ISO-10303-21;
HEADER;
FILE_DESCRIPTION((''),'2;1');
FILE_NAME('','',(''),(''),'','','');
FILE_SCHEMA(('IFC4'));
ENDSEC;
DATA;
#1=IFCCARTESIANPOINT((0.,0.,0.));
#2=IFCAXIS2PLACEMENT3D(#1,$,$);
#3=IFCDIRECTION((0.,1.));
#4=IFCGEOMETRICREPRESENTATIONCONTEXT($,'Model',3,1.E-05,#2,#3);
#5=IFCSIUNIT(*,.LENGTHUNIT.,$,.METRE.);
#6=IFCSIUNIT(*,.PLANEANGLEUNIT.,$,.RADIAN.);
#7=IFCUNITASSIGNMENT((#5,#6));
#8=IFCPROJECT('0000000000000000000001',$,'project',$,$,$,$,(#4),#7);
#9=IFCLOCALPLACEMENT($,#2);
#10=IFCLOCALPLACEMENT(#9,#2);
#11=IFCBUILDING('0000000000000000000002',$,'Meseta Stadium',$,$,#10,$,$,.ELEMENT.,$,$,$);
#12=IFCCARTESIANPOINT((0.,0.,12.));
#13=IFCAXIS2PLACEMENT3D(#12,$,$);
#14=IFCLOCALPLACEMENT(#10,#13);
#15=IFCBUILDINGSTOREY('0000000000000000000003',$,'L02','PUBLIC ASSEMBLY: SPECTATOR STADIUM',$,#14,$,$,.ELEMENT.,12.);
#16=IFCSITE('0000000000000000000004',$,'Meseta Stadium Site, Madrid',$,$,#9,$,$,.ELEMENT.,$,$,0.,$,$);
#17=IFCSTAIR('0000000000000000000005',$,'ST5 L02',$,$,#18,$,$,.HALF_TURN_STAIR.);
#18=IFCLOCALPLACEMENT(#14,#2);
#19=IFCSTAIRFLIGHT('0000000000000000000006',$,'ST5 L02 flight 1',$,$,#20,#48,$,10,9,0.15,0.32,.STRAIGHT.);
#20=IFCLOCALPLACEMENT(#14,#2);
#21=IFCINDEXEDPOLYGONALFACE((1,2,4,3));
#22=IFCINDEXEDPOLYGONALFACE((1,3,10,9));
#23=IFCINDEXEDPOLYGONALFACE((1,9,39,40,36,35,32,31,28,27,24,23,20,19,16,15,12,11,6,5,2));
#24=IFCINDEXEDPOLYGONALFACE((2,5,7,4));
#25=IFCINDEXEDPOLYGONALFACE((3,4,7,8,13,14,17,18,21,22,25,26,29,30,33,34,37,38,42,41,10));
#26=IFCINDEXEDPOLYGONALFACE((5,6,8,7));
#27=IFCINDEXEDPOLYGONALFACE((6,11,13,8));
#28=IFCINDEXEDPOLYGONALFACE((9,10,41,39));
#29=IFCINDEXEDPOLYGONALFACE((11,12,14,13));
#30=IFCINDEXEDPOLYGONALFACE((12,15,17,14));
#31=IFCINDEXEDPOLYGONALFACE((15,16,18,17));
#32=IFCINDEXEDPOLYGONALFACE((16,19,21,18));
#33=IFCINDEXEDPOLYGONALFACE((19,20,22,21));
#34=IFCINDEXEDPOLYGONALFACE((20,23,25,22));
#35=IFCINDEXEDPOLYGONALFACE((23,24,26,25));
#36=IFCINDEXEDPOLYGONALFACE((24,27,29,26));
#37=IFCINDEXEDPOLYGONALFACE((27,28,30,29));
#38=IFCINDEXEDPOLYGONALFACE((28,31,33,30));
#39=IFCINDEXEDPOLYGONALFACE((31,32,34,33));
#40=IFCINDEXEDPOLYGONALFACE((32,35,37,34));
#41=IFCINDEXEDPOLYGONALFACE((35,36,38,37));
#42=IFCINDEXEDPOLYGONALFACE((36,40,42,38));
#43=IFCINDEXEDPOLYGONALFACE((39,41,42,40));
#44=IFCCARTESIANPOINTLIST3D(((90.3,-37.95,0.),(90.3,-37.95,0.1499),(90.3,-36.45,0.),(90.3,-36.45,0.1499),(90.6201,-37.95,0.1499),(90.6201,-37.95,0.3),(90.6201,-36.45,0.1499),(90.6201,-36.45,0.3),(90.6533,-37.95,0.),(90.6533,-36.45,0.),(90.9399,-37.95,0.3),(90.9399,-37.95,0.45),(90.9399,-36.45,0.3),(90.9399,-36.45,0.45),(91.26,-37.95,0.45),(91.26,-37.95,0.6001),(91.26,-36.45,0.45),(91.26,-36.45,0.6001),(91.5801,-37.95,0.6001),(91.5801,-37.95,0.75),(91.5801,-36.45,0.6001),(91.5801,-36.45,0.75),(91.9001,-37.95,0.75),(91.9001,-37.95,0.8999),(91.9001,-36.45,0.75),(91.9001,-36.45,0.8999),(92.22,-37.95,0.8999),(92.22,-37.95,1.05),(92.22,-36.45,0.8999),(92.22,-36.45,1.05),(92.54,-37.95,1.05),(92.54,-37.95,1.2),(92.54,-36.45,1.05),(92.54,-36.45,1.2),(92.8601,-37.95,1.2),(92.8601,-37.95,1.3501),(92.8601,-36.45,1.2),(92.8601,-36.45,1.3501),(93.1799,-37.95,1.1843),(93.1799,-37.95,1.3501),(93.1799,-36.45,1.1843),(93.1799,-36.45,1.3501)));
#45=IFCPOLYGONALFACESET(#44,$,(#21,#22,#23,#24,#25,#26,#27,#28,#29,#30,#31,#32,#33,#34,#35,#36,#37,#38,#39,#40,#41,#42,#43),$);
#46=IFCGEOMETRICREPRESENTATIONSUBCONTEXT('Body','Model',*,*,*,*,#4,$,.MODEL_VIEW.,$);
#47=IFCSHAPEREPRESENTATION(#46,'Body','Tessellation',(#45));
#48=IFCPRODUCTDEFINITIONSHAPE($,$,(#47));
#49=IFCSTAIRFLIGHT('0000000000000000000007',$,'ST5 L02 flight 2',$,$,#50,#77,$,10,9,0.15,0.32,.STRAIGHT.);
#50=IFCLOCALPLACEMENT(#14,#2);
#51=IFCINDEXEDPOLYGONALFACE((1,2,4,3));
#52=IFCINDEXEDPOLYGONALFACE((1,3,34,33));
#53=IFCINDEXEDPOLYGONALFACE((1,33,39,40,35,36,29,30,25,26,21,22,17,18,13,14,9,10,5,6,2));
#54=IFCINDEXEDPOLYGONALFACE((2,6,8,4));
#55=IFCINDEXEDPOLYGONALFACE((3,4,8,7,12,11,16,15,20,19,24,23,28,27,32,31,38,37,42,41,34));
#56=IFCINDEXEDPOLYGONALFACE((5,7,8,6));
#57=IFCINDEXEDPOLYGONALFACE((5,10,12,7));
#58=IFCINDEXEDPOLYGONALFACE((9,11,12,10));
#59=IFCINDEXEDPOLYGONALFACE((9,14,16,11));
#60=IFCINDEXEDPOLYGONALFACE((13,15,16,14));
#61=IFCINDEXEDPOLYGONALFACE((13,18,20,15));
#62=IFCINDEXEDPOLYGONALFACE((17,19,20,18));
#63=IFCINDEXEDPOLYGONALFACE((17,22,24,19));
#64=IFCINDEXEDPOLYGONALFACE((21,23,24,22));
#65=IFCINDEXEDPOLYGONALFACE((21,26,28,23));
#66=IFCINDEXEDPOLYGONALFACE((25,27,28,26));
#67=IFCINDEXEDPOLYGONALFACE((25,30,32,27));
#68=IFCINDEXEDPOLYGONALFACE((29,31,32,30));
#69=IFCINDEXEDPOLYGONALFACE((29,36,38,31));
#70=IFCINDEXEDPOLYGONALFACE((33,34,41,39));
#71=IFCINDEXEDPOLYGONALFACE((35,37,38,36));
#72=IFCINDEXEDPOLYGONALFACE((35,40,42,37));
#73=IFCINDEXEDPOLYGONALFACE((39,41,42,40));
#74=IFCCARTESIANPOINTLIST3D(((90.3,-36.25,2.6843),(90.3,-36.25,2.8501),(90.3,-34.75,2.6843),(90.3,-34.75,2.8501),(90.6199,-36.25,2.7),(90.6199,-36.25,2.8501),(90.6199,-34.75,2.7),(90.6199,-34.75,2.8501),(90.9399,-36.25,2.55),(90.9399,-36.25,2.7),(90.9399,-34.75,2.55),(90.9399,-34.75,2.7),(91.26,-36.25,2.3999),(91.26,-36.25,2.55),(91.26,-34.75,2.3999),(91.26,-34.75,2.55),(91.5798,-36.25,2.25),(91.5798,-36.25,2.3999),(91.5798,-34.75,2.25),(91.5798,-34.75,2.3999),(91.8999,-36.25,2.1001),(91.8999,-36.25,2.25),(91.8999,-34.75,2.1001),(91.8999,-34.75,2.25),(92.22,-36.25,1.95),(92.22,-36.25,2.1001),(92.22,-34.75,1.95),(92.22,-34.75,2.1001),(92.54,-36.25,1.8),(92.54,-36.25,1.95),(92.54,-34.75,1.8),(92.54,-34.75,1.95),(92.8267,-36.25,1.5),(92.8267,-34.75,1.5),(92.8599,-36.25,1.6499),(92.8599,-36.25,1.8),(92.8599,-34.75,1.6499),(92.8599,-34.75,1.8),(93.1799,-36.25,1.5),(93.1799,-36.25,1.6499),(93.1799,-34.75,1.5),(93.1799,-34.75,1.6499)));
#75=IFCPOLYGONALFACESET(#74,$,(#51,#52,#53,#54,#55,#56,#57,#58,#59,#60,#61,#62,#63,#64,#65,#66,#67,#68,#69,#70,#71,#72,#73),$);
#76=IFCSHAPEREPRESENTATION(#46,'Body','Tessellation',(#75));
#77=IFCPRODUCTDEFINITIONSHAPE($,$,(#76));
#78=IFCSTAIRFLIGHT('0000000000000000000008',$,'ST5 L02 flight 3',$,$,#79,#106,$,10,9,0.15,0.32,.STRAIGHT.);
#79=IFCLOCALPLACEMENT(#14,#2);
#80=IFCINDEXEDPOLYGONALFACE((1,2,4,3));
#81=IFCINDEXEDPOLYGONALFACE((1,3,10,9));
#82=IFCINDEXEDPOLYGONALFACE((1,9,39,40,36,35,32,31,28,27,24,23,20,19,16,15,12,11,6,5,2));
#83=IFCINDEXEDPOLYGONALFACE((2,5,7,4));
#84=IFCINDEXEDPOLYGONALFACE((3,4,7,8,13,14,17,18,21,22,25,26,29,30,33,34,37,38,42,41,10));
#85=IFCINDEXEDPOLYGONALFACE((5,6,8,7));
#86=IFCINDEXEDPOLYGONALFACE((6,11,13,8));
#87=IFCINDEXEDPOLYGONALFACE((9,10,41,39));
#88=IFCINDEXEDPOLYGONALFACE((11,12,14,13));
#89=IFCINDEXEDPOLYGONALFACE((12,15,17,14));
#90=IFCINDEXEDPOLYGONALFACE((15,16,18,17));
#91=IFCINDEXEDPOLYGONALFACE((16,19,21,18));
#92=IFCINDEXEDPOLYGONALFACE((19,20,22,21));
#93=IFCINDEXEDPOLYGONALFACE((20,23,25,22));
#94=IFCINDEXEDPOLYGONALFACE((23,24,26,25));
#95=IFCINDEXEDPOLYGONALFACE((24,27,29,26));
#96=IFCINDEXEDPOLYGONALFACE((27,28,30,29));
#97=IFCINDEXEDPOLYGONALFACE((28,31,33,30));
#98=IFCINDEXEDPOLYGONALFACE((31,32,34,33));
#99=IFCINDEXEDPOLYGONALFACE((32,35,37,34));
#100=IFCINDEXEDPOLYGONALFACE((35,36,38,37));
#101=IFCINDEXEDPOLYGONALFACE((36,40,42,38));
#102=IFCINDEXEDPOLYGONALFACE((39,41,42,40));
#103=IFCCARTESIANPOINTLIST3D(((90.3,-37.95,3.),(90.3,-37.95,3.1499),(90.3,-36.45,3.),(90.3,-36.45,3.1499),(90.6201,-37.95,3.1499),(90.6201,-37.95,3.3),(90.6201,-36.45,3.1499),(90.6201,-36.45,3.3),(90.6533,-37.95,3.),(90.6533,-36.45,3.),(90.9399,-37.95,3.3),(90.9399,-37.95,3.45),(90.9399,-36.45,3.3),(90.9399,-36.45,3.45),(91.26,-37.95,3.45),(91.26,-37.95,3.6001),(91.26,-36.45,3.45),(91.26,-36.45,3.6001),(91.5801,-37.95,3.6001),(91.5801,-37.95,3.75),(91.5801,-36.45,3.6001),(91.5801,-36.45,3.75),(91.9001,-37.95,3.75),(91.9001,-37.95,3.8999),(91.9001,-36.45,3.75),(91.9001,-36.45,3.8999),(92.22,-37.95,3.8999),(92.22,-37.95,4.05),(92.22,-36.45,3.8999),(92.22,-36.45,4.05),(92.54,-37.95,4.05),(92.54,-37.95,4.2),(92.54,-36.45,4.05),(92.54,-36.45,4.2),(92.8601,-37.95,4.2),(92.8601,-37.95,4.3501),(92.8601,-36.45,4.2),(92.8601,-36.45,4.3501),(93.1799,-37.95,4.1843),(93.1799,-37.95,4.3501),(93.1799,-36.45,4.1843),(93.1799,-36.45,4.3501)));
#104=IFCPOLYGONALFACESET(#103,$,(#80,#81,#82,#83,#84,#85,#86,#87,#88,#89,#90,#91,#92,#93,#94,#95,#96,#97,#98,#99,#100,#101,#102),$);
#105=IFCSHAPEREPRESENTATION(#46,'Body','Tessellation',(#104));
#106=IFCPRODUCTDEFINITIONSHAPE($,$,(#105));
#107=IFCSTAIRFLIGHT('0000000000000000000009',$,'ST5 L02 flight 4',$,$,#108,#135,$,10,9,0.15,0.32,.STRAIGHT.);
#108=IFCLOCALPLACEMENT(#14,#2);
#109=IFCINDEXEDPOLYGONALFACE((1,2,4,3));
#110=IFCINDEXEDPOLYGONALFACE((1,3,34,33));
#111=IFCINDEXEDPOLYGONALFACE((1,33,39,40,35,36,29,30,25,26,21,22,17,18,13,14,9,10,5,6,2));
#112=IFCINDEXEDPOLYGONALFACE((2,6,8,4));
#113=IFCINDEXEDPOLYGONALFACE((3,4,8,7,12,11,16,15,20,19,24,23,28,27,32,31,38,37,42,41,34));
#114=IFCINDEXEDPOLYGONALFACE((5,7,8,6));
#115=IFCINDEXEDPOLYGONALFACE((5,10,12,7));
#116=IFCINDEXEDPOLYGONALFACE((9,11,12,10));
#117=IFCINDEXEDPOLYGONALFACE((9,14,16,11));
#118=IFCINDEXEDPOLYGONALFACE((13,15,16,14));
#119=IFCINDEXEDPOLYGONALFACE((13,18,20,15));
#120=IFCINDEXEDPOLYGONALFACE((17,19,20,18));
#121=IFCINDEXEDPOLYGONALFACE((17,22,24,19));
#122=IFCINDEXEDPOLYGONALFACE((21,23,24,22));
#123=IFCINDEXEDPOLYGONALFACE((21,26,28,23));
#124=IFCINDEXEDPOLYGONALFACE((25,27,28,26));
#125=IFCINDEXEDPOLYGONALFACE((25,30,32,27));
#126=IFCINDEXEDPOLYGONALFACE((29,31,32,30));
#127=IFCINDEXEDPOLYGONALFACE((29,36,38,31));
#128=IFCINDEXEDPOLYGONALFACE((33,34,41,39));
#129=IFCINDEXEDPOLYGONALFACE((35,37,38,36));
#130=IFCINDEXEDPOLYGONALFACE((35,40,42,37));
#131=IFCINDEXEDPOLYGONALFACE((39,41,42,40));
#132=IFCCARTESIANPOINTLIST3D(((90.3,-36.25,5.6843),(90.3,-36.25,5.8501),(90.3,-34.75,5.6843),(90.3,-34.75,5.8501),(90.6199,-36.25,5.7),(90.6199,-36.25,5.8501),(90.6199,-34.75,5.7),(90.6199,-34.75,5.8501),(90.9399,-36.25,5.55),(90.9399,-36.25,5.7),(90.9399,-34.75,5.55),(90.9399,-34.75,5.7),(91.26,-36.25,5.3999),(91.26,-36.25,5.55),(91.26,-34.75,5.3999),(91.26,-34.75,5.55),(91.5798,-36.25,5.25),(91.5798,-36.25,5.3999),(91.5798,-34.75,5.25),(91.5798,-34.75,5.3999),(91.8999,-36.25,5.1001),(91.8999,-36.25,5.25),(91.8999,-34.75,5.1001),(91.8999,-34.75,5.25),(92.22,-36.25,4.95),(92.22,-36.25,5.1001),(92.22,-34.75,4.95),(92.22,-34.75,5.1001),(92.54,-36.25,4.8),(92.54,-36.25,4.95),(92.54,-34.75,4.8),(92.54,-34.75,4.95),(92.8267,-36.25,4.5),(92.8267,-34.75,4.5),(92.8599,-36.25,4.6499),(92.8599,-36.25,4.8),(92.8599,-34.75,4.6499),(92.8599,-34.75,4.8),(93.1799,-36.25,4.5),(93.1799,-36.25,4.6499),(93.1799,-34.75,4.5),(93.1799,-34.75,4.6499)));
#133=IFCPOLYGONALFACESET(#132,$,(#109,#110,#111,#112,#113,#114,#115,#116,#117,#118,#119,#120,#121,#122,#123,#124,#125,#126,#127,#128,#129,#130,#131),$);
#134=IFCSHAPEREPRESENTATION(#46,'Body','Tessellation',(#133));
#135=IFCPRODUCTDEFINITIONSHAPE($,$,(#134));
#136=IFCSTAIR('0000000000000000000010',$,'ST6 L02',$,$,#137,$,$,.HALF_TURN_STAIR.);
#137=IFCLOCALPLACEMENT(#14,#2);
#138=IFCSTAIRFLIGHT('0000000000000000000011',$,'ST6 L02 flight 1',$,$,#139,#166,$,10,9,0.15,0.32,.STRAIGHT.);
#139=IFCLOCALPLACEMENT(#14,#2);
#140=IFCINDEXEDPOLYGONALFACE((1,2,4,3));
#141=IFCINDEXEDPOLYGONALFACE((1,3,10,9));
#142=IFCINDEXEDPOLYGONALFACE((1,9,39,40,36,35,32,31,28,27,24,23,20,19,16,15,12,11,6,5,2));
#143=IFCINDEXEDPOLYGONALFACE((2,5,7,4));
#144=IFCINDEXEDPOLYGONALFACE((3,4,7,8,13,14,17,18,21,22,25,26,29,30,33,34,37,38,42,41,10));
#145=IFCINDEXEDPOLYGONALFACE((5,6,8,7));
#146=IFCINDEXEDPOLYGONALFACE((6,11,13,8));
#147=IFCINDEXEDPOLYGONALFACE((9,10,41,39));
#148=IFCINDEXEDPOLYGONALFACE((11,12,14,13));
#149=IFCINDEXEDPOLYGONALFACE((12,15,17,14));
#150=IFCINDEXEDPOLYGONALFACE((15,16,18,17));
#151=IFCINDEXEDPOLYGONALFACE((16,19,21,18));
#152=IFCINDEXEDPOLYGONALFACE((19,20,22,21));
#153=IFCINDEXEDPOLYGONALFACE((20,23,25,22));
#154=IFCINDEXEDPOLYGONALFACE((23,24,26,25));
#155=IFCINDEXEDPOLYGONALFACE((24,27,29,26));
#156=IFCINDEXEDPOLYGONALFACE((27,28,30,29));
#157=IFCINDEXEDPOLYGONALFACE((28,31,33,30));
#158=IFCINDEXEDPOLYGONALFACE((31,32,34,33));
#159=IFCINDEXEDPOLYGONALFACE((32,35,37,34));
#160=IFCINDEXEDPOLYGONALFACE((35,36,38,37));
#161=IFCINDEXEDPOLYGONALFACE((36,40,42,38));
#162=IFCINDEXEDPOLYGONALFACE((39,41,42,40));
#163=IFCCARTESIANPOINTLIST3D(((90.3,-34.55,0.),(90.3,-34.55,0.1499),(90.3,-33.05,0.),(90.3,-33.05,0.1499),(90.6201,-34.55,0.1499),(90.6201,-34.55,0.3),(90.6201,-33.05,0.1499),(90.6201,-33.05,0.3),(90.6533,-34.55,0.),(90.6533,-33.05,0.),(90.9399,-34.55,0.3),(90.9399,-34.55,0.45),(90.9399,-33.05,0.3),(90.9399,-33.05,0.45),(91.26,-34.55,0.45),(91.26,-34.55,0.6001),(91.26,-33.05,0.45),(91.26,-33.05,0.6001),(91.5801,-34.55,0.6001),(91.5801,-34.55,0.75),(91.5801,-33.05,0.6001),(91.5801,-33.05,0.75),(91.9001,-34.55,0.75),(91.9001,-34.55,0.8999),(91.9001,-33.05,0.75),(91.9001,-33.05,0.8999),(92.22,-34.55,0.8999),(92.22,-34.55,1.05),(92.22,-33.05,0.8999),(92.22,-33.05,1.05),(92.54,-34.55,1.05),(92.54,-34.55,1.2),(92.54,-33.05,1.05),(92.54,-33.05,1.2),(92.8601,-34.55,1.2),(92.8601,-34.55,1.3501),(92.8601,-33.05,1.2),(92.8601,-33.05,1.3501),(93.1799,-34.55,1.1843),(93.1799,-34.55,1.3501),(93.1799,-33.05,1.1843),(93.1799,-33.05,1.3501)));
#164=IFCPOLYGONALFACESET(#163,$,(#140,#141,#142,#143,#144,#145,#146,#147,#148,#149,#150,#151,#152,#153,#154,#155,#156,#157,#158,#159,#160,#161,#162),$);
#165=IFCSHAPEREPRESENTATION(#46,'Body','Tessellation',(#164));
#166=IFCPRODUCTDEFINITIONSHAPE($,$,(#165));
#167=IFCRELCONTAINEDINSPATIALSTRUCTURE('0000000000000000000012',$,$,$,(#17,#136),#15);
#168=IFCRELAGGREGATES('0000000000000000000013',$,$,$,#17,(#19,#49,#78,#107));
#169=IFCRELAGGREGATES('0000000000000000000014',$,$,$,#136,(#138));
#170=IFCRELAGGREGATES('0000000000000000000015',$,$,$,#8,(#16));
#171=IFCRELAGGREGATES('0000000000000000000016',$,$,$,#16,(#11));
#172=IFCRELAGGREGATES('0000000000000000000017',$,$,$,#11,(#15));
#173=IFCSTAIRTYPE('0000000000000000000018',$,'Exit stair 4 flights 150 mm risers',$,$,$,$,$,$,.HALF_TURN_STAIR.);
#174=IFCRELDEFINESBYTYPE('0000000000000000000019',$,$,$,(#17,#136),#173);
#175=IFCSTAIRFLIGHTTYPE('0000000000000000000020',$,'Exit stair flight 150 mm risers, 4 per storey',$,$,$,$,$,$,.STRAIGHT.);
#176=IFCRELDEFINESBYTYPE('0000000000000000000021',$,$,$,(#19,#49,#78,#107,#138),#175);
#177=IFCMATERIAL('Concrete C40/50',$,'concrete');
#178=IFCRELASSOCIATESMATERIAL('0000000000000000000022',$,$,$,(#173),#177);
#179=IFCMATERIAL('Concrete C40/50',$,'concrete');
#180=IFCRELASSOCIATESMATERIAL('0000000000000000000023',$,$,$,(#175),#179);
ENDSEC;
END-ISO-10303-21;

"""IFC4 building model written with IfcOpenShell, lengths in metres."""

from ifc_helpers import new_model, si_unit, direction, frame, origin, place, context, subcontext, project, spatial, polyline, outline, extrude, material, type_object, element, aggregate, save


model = new_model("IFC4")

# Units and contexts
model_context = context("Model", 3, precision=1e-05, world=origin(), true_north=direction((0.0, 1.0)))
body_context = subcontext(model_context, "Body", "Model", "MODEL_VIEW")
ifc_project = project(units=[si_unit("LENGTHUNIT", "METRE"), si_unit("PLANEANGLEUNIT", "RADIAN")], contexts=[model_context])

# Site, building, storey
site_placement = place(None, origin())
site = spatial("IfcSite", under=ifc_project, at=site_placement, Name="Meseta Stadium Site, Madrid", CompositionType="ELEMENT", RefElevation=0.0)
building_placement = place(site_placement, origin())
building = spatial("IfcBuilding", under=site, at=building_placement, Name="Meseta Stadium", CompositionType="ELEMENT")
storey_placement = place(building_placement, frame((0.0, 0.0, 12.0)))
storey = spatial("IfcBuildingStorey", under=building, at=storey_placement, Name="L02", Description="PUBLIC ASSEMBLY: SPECTATOR STADIUM", CompositionType="ELEMENT", Elevation=12.0)

# Stairs, stair flights
ifc_material_1 = material(Name="Concrete C40/50", Category="concrete")
stair_type = type_object("IfcStairType", Name="Exit stair 4 flights 150 mm risers", PredefinedType="HALF_TURN_STAIR", material=ifc_material_1)
stair_1_placement = place(storey_placement, origin())
stair_1 = element("IfcStair", 1, at=stair_1_placement, inside=storey, type_object=stair_type, Name="ST5 L02", PredefinedType="HALF_TURN_STAIR")
ifc_material_2 = material(Name="Concrete C40/50", Category="concrete")
stair_flight_type = type_object("IfcStairFlightType", Name="Exit stair flight 150 mm risers, 4 per storey", PredefinedType="STRAIGHT", material=ifc_material_2)
stair_flight_1_placement = place(storey_placement, frame((90.3, -37.2, 0.0), z_axis=(0.0, 0.0, 1.0), x_axis=(1.0, 0.0, 0.0)))
stair_flight_1 = element("IfcStairFlight", 2, at=stair_flight_1_placement, type_object=stair_flight_type, Name="ST5 L02 flight 1", NumberOfRisers=10, NumberOfTreads=9, PredefinedType="STRAIGHT", RiserHeight=0.15, TreadLength=0.32, context=body_context, shape_type="SweptSolid", body=[
    extrude(outline(polyline([(0.0, 0.0), (0.0, 0.1499), (0.3201, 0.1499), (0.3201, 0.3), (0.6399, 0.3), (0.6399, 0.45), (0.96, 0.45), (0.96, 0.6001), (1.28, 0.6001), (1.28, 0.75), (1.6001, 0.75), (1.6001, 0.8999), (1.9199, 0.8999), (1.9199, 1.05), (2.24, 1.05), (2.24, 1.2), (2.5601, 1.2), (2.5601, 1.3501), (2.8799, 1.3501), (2.8799, 1.1843), (0.3533, 0.0), (0.0, 0.0)])), frame((0.0, 0.75, 0.0), z_axis=(0.0, -1.0, 0.0), x_axis=(1.0, 0.0, 0.0)), (0.0, 0.0, 1.0), 1.5),
])
stair_flight_2_placement = place(storey_placement, frame((93.1799, -35.5, 1.5), z_axis=(0.0, 0.0, 1.0), x_axis=(-1.0, 0.0, 0.0)))
stair_flight_2 = element("IfcStairFlight", 3, at=stair_flight_2_placement, type_object=stair_flight_type, Name="ST5 L02 flight 2", NumberOfRisers=10, NumberOfTreads=9, PredefinedType="STRAIGHT", RiserHeight=0.15, TreadLength=0.32, context=body_context, shape_type="SweptSolid", body=[
    extrude(outline(polyline([(0.0, 0.0), (0.0, 0.1499), (0.3201, 0.1499), (0.3201, 0.3), (0.6399, 0.3), (0.6399, 0.45), (0.96, 0.45), (0.96, 0.6001), (1.28, 0.6001), (1.28, 0.75), (1.6001, 0.75), (1.6001, 0.8999), (1.9199, 0.8999), (1.9199, 1.05), (2.24, 1.05), (2.24, 1.2), (2.5601, 1.2), (2.5601, 1.3501), (2.8799, 1.3501), (2.8799, 1.1843), (0.3533, 0.0), (0.0, 0.0)])), frame((0.0, 0.75, 0.0), z_axis=(0.0, -1.0, 0.0), x_axis=(1.0, 0.0, 0.0)), (0.0, 0.0, 1.0), 1.5),
])
stair_flight_3_placement = place(storey_placement, frame((90.3, -37.2, 3.0), z_axis=(0.0, 0.0, 1.0), x_axis=(1.0, 0.0, 0.0)))
stair_flight_3 = element("IfcStairFlight", 4, at=stair_flight_3_placement, type_object=stair_flight_type, Name="ST5 L02 flight 3", NumberOfRisers=10, NumberOfTreads=9, PredefinedType="STRAIGHT", RiserHeight=0.15, TreadLength=0.32, context=body_context, shape_type="SweptSolid", body=[
    extrude(outline(polyline([(0.0, 0.0), (0.0, 0.1499), (0.3201, 0.1499), (0.3201, 0.3), (0.6399, 0.3), (0.6399, 0.45), (0.96, 0.45), (0.96, 0.6001), (1.28, 0.6001), (1.28, 0.75), (1.6001, 0.75), (1.6001, 0.8999), (1.9199, 0.8999), (1.9199, 1.05), (2.24, 1.05), (2.24, 1.2), (2.5601, 1.2), (2.5601, 1.3501), (2.8799, 1.3501), (2.8799, 1.1843), (0.3533, 0.0), (0.0, 0.0)])), frame((0.0, 0.75, 0.0), z_axis=(0.0, -1.0, 0.0), x_axis=(1.0, 0.0, 0.0)), (0.0, 0.0, 1.0), 1.5),
])
stair_flight_4_placement = place(storey_placement, frame((93.1799, -35.5, 4.5), z_axis=(0.0, 0.0, 1.0), x_axis=(-1.0, 0.0, 0.0)))
stair_flight_4 = element("IfcStairFlight", 5, at=stair_flight_4_placement, type_object=stair_flight_type, Name="ST5 L02 flight 4", NumberOfRisers=10, NumberOfTreads=9, PredefinedType="STRAIGHT", RiserHeight=0.15, TreadLength=0.32, context=body_context, shape_type="SweptSolid", body=[
    extrude(outline(polyline([(0.0, 0.0), (0.0, 0.1499), (0.3201, 0.1499), (0.3201, 0.3), (0.6399, 0.3), (0.6399, 0.45), (0.96, 0.45), (0.96, 0.6001), (1.28, 0.6001), (1.28, 0.75), (1.6001, 0.75), (1.6001, 0.8999), (1.9199, 0.8999), (1.9199, 1.05), (2.24, 1.05), (2.24, 1.2), (2.5601, 1.2), (2.5601, 1.3501), (2.8799, 1.3501), (2.8799, 1.1843), (0.3533, 0.0), (0.0, 0.0)])), frame((0.0, 0.75, 0.0), z_axis=(0.0, -1.0, 0.0), x_axis=(1.0, 0.0, 0.0)), (0.0, 0.0, 1.0), 1.5),
])
aggregate(stair_1, [stair_flight_1, stair_flight_2, stair_flight_3, stair_flight_4])
stair_2_placement = place(storey_placement, origin())
stair_2 = element("IfcStair", 6, at=stair_2_placement, inside=storey, type_object=stair_type, Name="ST6 L02", PredefinedType="HALF_TURN_STAIR")
stair_flight_5_placement = place(storey_placement, frame((90.3, -33.8, 0.0), z_axis=(0.0, 0.0, 1.0), x_axis=(1.0, 0.0, 0.0)))
stair_flight_5 = element("IfcStairFlight", 7, at=stair_flight_5_placement, type_object=stair_flight_type, Name="ST6 L02 flight 1", NumberOfRisers=10, NumberOfTreads=9, PredefinedType="STRAIGHT", RiserHeight=0.15, TreadLength=0.32, context=body_context, shape_type="SweptSolid", body=[
    extrude(outline(polyline([(0.0, 0.0), (0.0, 0.1499), (0.3201, 0.1499), (0.3201, 0.3), (0.6399, 0.3), (0.6399, 0.45), (0.96, 0.45), (0.96, 0.6001), (1.28, 0.6001), (1.28, 0.75), (1.6001, 0.75), (1.6001, 0.8999), (1.9199, 0.8999), (1.9199, 1.05), (2.24, 1.05), (2.24, 1.2), (2.5601, 1.2), (2.5601, 1.3501), (2.8799, 1.3501), (2.8799, 1.1843), (0.3533, 0.0), (0.0, 0.0)])), frame((0.0, 0.75, 0.0), z_axis=(0.0, -1.0, 0.0), x_axis=(1.0, 0.0, 0.0)), (0.0, 0.0, 1.0), 1.5),
])
aggregate(stair_2, [stair_flight_5])

save(model, "model.ifc")
